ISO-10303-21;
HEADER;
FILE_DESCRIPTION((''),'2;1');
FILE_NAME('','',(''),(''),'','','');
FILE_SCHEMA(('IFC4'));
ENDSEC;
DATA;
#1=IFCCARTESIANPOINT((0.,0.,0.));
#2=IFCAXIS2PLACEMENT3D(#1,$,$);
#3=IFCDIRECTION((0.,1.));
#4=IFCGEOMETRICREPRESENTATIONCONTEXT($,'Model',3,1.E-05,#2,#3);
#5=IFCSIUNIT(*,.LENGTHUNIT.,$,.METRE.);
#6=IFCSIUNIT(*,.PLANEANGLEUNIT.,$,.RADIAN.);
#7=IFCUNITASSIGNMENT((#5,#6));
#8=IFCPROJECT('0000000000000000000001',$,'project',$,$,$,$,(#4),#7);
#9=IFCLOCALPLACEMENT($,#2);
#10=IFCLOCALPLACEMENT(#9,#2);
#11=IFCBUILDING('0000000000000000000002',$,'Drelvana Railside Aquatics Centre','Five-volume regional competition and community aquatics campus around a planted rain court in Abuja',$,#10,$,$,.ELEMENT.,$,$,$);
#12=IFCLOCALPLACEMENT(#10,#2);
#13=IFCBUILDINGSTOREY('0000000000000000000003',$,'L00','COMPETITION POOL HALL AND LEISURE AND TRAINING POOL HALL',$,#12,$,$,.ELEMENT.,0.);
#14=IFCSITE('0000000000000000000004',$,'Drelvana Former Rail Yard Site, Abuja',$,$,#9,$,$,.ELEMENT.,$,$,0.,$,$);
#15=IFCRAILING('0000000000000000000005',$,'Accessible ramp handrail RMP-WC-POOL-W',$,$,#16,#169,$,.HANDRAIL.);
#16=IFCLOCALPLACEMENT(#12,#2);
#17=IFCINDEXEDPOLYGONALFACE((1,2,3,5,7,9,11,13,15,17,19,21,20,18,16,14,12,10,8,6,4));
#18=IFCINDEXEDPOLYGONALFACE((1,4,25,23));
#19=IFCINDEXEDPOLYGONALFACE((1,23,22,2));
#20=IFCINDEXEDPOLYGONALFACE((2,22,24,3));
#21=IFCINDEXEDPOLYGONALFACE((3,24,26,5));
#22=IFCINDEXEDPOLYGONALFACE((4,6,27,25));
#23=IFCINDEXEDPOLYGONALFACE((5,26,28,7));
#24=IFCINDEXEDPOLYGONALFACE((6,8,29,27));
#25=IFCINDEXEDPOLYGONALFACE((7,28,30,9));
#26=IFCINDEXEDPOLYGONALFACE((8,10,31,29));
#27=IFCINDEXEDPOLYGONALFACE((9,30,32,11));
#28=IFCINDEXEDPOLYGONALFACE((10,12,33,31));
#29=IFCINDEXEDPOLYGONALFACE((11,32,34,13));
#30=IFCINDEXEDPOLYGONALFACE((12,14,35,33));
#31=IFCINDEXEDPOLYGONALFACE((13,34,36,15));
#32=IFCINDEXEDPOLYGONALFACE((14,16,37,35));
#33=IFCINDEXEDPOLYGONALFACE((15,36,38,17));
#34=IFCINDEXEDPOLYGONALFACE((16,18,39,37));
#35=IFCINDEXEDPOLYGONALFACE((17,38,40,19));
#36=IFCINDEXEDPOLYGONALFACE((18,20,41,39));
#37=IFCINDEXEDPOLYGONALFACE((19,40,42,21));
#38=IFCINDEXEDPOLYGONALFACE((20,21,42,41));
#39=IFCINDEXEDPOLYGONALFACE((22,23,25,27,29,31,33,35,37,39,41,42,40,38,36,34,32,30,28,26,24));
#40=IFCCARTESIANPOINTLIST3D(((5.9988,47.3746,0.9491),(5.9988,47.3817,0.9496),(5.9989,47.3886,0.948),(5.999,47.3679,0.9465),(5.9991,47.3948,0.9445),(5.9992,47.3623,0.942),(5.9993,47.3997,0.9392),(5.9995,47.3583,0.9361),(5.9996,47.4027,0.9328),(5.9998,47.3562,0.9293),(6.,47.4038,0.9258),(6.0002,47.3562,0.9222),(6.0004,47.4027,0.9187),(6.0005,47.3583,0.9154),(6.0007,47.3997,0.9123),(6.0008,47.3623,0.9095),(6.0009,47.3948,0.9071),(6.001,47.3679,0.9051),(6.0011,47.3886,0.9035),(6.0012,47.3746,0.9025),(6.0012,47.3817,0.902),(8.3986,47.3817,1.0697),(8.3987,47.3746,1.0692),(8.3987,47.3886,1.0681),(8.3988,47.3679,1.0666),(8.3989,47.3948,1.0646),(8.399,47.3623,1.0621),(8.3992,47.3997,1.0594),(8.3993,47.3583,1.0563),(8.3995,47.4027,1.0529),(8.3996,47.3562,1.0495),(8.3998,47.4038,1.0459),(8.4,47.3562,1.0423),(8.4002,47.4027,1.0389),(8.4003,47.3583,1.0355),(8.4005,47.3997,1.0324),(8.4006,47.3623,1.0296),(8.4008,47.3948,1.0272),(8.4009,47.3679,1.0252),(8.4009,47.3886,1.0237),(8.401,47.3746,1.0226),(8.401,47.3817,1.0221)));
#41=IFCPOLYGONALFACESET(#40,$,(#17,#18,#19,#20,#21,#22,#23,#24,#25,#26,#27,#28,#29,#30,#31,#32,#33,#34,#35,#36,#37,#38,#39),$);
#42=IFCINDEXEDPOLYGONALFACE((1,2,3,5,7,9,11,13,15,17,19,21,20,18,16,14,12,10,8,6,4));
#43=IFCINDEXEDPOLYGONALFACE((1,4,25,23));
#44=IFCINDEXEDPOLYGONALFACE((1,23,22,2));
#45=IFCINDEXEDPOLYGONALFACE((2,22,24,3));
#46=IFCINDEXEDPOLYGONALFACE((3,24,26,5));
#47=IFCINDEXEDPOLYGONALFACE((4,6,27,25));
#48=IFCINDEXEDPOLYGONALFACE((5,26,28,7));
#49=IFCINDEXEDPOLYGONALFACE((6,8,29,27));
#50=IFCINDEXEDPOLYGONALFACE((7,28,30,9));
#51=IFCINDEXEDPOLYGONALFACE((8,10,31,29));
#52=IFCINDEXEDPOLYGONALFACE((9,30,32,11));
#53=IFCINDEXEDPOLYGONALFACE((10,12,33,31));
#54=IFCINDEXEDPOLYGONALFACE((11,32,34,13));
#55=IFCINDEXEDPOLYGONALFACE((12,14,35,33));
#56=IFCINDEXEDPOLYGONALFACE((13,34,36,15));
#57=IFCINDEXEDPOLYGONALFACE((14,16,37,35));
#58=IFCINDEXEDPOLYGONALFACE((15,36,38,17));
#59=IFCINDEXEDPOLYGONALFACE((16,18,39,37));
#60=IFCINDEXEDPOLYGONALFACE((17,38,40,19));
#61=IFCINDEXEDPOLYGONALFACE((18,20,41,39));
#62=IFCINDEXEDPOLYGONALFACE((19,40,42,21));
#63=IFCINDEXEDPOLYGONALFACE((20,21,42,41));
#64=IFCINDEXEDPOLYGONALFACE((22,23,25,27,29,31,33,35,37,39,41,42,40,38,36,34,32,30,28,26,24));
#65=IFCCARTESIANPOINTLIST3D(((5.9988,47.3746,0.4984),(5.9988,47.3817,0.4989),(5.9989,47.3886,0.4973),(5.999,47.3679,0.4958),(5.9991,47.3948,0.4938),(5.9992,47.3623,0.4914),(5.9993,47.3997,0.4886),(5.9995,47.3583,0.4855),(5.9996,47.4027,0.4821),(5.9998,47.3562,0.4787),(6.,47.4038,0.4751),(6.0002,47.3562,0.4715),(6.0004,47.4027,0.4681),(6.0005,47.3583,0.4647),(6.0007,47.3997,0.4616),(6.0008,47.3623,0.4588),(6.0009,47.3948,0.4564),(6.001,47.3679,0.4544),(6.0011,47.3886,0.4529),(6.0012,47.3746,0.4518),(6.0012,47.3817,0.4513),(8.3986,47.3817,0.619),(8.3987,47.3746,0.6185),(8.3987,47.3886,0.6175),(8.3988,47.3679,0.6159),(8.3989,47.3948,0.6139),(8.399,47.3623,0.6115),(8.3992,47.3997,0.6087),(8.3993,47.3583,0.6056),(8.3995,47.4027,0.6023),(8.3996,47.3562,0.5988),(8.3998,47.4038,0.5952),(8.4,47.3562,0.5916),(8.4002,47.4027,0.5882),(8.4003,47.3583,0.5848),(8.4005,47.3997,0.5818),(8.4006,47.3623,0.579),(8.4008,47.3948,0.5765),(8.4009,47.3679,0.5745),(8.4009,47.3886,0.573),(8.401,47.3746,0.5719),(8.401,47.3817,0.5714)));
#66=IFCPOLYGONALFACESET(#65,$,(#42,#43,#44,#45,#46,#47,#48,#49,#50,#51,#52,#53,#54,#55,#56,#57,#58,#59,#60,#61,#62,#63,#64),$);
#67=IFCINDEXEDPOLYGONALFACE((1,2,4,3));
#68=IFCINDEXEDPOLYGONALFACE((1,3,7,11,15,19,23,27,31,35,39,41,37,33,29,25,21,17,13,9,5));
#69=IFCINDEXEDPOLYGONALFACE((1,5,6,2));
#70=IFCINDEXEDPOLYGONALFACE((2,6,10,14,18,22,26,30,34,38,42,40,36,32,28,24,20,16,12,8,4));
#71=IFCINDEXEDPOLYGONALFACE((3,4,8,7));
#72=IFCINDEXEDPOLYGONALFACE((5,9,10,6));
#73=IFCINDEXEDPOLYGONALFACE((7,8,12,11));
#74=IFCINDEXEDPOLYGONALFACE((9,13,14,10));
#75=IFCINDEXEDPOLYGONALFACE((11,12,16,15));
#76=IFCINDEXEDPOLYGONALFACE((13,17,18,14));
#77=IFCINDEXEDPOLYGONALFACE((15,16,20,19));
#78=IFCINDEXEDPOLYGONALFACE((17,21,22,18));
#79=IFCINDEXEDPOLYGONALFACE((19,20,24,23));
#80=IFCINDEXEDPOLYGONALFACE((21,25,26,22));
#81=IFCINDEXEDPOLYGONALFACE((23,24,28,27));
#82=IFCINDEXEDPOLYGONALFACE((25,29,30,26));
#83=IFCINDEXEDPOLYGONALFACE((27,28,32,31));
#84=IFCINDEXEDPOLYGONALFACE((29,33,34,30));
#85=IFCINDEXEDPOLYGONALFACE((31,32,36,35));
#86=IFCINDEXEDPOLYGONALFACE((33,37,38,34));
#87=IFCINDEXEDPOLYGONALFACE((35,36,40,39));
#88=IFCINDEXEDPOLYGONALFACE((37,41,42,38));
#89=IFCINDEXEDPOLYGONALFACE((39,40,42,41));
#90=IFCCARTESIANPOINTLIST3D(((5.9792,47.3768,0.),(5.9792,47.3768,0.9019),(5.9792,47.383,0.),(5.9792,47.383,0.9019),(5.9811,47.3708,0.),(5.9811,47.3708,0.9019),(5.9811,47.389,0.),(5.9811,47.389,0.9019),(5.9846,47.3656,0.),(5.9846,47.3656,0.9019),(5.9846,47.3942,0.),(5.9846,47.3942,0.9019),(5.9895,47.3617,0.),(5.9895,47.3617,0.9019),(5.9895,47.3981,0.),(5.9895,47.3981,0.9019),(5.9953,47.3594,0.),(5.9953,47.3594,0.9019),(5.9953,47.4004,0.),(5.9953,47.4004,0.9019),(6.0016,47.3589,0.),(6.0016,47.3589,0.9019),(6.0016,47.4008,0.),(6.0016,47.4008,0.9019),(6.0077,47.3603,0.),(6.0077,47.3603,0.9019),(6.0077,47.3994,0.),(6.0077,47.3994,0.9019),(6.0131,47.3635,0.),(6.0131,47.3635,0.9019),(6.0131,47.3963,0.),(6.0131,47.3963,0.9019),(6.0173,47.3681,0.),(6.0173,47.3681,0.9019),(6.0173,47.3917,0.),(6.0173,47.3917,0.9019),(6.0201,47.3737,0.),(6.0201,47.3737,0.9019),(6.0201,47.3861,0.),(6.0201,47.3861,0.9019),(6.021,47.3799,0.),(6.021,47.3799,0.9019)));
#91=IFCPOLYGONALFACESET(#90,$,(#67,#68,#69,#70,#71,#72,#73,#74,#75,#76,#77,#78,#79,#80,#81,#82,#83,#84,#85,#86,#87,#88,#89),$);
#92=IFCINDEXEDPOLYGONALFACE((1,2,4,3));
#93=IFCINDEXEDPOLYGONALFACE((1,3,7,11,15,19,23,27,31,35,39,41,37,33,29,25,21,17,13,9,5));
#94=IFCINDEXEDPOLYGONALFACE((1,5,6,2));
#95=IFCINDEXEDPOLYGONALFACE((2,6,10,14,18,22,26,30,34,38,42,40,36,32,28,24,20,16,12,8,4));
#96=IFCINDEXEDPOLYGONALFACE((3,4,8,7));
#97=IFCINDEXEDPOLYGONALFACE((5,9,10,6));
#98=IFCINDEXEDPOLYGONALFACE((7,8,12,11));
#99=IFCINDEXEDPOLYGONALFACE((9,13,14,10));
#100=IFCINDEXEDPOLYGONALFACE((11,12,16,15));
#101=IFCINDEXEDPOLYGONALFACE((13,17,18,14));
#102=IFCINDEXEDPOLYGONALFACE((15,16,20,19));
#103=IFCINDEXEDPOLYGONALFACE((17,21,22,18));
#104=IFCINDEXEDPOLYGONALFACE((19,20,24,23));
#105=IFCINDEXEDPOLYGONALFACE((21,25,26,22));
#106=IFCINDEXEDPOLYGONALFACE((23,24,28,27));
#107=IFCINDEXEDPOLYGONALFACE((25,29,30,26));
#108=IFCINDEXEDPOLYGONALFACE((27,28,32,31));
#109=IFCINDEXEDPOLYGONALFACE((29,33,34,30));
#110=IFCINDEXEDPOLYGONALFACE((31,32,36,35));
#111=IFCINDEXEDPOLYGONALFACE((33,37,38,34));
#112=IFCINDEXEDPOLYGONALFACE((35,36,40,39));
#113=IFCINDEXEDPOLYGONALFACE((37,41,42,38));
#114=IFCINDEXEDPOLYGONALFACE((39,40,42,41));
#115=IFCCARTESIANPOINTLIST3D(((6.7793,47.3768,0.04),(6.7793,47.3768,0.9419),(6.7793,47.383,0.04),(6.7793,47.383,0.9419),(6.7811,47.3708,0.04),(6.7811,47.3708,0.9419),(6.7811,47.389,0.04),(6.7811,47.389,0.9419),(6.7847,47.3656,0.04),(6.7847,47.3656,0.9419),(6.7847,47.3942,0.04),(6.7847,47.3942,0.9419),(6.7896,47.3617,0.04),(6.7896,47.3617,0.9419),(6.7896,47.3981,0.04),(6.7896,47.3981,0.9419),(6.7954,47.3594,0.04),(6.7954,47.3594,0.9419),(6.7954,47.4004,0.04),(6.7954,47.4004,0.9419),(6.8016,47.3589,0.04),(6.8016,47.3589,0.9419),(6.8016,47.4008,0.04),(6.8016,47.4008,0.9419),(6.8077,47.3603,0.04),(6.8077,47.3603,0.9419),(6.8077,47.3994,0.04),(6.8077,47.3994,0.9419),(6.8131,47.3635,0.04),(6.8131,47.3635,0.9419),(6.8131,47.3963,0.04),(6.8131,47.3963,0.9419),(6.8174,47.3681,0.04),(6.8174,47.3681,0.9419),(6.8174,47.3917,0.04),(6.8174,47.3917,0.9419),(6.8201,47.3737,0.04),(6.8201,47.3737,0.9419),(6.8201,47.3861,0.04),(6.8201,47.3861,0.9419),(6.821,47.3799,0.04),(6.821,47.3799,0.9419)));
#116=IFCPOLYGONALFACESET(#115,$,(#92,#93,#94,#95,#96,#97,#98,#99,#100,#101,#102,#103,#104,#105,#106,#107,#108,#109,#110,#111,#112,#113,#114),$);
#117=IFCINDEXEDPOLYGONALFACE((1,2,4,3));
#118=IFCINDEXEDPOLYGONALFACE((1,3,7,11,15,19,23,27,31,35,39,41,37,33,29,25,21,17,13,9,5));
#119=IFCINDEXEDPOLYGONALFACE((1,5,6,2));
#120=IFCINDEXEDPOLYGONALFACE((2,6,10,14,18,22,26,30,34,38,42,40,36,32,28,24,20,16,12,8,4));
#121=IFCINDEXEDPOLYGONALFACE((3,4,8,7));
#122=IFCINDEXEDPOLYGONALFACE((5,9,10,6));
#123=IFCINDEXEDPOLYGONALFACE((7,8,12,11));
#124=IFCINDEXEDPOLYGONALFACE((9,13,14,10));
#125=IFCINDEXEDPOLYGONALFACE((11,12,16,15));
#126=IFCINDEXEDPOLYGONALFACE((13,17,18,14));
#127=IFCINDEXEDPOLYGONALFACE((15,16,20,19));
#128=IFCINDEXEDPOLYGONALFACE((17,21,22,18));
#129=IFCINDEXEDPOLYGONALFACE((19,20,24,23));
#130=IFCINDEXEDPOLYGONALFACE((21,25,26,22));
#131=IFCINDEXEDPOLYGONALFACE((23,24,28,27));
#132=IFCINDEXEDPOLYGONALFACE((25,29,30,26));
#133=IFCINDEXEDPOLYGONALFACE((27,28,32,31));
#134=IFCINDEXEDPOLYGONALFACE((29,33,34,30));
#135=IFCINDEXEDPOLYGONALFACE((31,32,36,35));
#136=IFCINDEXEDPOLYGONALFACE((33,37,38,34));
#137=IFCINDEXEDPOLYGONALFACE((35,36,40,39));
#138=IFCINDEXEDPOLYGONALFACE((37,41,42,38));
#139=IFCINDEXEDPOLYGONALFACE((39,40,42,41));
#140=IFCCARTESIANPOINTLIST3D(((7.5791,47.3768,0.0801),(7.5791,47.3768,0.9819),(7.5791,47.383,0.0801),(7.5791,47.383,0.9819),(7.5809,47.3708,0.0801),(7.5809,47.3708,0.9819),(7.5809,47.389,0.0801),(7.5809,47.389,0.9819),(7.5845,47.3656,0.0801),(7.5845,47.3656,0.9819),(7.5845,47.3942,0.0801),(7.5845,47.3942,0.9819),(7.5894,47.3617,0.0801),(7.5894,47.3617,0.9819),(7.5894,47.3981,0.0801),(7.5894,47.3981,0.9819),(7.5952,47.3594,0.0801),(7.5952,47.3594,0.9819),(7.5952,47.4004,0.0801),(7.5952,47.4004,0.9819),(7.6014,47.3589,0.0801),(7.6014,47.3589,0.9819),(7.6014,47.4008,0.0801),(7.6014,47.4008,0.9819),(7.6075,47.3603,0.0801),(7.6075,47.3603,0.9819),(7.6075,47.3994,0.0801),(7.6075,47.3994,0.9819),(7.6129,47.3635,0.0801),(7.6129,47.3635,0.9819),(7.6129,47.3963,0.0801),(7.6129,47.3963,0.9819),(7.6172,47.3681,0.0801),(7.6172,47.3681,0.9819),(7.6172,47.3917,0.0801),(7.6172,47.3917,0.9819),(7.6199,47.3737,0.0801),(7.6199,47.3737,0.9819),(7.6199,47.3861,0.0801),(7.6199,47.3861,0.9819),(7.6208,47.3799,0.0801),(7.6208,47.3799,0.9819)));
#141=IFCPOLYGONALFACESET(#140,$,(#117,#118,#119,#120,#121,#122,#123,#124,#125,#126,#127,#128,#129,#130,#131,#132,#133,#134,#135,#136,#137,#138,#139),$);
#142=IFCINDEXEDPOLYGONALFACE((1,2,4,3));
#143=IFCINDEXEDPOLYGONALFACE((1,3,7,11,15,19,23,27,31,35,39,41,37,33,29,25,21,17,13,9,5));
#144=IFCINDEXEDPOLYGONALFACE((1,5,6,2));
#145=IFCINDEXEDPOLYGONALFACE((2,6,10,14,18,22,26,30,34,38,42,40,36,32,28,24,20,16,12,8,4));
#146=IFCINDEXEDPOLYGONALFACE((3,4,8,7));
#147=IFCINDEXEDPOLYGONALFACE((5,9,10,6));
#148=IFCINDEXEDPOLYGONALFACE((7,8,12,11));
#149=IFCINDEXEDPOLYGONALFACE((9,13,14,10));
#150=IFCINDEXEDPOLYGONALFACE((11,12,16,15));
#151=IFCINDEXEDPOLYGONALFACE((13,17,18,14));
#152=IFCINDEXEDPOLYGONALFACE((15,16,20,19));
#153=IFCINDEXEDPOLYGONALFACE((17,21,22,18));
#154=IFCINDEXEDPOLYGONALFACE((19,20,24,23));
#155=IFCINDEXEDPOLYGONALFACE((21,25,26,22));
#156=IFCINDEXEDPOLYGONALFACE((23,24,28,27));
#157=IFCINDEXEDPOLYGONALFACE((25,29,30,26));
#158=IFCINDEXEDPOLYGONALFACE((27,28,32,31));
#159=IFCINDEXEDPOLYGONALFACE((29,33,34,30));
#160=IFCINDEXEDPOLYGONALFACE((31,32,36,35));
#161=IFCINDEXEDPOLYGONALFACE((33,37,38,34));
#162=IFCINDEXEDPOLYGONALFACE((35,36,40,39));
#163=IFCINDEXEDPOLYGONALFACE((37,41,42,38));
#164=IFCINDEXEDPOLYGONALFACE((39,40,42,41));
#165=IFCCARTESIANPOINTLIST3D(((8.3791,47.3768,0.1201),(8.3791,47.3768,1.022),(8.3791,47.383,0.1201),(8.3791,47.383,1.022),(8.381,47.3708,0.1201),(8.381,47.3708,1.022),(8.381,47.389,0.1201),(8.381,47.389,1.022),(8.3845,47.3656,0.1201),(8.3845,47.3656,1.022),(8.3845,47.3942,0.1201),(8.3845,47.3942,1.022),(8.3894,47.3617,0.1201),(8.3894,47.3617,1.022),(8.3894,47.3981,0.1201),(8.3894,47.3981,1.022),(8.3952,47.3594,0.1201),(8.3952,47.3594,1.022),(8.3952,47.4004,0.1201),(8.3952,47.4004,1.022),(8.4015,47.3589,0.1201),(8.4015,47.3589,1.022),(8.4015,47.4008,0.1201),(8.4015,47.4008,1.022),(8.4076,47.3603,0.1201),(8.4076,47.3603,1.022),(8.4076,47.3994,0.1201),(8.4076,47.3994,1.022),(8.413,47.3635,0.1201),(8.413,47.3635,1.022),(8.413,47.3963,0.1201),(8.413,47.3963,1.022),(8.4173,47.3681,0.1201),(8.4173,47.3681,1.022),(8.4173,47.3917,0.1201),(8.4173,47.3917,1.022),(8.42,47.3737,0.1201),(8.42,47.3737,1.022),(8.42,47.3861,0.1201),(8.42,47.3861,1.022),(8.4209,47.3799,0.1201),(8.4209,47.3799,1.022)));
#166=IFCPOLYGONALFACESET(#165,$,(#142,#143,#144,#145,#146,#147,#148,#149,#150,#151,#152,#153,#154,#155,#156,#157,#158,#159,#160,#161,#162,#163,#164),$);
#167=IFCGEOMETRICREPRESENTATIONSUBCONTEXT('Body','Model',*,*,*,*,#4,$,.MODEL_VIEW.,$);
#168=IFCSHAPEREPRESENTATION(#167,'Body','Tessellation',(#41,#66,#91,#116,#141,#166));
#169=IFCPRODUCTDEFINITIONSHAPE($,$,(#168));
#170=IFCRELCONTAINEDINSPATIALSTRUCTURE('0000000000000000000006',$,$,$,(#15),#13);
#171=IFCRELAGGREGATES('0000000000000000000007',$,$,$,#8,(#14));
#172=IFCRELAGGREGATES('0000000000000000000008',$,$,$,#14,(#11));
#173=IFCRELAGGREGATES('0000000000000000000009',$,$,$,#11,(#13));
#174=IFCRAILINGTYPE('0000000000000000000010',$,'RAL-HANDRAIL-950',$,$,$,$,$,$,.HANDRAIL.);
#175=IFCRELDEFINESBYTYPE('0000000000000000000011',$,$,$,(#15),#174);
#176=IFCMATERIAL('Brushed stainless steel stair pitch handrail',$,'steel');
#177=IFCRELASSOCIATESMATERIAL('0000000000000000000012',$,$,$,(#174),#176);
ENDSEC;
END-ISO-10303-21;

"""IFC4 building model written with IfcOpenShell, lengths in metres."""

from ifc_helpers import new_model, si_unit, direction, frame, origin, origin_2d, place, context, subcontext, project, spatial, circle, extrude, material, type_object, element, save


model = new_model("IFC4")

# Units and contexts
model_context = context("Model", 3, precision=1e-05, world=origin(), true_north=direction((0.0, 1.0)))
body_context = subcontext(model_context, "Body", "Model", "MODEL_VIEW")
ifc_project = project(units=[si_unit("LENGTHUNIT", "METRE"), si_unit("PLANEANGLEUNIT", "RADIAN")], contexts=[model_context])

# Site, building, storey
site_placement = place(None, origin())
site = spatial("IfcSite", under=ifc_project, at=site_placement, Name="Drelvana Former Rail Yard Site, Abuja", CompositionType="ELEMENT", RefElevation=0.0)
building_placement = place(site_placement, origin())
building = spatial("IfcBuilding", under=site, at=building_placement, Name="Drelvana Railside Aquatics Centre", Description="Five-volume regional competition and community aquatics campus around a planted rain court in Abuja", CompositionType="ELEMENT")
storey_placement = place(building_placement, origin())
storey = spatial("IfcBuildingStorey", under=building, at=storey_placement, Name="L00", Description="COMPETITION POOL HALL AND LEISURE AND TRAINING POOL HALL", CompositionType="ELEMENT", Elevation=0.0)

# Railing
ifc_material_1 = material(Name="Brushed stainless steel stair pitch handrail", Category="steel")
railing_type_1 = type_object("IfcRailingType", Name="RAL-HANDRAIL-950", PredefinedType="HANDRAIL", material=ifc_material_1)
for number, where, name in (
    (1, (6.0, 47.3799, 0.0), "Accessible ramp handrail RMP-WC-POOL-W"),
):
    element("IfcRailing", number, at=place(storey_placement, frame(where)), inside=storey, type_object=railing_type_1, Name=name, PredefinedType="HANDRAIL", context=body_context, shape_type="SweptSolid", body=[
        extrude(circle(Radius=0.0239, at=origin_2d()), frame((0.0, 0.0, 0.9258), z_axis=(0.99875, 0.0, 0.049988), x_axis=(0.0, 1.0, 0.0)), (0.0, 0.0, 1.0), 2.4028),
        extrude(circle(Radius=0.0239, at=origin_2d()), frame((0.0, 0.0, 0.4751), z_axis=(0.99875, 0.0, 0.049988), x_axis=(0.0, 1.0, 0.0)), (0.0, 0.0, 1.0), 2.4028),
        extrude(circle(Radius=0.021, at=origin_2d()), origin(), (0.0, 0.0, 1.0), 0.9019),
        extrude(circle(Radius=0.021, at=origin_2d()), frame((0.8, 0.0, 0.04)), (0.0, 0.0, 1.0), 0.9019),
        extrude(circle(Radius=0.021, at=origin_2d()), frame((1.5999, 0.0, 0.0801)), (0.0, 0.0, 1.0), 0.9019),
        extrude(circle(Radius=0.021, at=origin_2d()), frame((2.3999, 0.0, 0.1201)), (0.0, 0.0, 1.0), 0.9019),
    ])

save(model, "model.ifc")
